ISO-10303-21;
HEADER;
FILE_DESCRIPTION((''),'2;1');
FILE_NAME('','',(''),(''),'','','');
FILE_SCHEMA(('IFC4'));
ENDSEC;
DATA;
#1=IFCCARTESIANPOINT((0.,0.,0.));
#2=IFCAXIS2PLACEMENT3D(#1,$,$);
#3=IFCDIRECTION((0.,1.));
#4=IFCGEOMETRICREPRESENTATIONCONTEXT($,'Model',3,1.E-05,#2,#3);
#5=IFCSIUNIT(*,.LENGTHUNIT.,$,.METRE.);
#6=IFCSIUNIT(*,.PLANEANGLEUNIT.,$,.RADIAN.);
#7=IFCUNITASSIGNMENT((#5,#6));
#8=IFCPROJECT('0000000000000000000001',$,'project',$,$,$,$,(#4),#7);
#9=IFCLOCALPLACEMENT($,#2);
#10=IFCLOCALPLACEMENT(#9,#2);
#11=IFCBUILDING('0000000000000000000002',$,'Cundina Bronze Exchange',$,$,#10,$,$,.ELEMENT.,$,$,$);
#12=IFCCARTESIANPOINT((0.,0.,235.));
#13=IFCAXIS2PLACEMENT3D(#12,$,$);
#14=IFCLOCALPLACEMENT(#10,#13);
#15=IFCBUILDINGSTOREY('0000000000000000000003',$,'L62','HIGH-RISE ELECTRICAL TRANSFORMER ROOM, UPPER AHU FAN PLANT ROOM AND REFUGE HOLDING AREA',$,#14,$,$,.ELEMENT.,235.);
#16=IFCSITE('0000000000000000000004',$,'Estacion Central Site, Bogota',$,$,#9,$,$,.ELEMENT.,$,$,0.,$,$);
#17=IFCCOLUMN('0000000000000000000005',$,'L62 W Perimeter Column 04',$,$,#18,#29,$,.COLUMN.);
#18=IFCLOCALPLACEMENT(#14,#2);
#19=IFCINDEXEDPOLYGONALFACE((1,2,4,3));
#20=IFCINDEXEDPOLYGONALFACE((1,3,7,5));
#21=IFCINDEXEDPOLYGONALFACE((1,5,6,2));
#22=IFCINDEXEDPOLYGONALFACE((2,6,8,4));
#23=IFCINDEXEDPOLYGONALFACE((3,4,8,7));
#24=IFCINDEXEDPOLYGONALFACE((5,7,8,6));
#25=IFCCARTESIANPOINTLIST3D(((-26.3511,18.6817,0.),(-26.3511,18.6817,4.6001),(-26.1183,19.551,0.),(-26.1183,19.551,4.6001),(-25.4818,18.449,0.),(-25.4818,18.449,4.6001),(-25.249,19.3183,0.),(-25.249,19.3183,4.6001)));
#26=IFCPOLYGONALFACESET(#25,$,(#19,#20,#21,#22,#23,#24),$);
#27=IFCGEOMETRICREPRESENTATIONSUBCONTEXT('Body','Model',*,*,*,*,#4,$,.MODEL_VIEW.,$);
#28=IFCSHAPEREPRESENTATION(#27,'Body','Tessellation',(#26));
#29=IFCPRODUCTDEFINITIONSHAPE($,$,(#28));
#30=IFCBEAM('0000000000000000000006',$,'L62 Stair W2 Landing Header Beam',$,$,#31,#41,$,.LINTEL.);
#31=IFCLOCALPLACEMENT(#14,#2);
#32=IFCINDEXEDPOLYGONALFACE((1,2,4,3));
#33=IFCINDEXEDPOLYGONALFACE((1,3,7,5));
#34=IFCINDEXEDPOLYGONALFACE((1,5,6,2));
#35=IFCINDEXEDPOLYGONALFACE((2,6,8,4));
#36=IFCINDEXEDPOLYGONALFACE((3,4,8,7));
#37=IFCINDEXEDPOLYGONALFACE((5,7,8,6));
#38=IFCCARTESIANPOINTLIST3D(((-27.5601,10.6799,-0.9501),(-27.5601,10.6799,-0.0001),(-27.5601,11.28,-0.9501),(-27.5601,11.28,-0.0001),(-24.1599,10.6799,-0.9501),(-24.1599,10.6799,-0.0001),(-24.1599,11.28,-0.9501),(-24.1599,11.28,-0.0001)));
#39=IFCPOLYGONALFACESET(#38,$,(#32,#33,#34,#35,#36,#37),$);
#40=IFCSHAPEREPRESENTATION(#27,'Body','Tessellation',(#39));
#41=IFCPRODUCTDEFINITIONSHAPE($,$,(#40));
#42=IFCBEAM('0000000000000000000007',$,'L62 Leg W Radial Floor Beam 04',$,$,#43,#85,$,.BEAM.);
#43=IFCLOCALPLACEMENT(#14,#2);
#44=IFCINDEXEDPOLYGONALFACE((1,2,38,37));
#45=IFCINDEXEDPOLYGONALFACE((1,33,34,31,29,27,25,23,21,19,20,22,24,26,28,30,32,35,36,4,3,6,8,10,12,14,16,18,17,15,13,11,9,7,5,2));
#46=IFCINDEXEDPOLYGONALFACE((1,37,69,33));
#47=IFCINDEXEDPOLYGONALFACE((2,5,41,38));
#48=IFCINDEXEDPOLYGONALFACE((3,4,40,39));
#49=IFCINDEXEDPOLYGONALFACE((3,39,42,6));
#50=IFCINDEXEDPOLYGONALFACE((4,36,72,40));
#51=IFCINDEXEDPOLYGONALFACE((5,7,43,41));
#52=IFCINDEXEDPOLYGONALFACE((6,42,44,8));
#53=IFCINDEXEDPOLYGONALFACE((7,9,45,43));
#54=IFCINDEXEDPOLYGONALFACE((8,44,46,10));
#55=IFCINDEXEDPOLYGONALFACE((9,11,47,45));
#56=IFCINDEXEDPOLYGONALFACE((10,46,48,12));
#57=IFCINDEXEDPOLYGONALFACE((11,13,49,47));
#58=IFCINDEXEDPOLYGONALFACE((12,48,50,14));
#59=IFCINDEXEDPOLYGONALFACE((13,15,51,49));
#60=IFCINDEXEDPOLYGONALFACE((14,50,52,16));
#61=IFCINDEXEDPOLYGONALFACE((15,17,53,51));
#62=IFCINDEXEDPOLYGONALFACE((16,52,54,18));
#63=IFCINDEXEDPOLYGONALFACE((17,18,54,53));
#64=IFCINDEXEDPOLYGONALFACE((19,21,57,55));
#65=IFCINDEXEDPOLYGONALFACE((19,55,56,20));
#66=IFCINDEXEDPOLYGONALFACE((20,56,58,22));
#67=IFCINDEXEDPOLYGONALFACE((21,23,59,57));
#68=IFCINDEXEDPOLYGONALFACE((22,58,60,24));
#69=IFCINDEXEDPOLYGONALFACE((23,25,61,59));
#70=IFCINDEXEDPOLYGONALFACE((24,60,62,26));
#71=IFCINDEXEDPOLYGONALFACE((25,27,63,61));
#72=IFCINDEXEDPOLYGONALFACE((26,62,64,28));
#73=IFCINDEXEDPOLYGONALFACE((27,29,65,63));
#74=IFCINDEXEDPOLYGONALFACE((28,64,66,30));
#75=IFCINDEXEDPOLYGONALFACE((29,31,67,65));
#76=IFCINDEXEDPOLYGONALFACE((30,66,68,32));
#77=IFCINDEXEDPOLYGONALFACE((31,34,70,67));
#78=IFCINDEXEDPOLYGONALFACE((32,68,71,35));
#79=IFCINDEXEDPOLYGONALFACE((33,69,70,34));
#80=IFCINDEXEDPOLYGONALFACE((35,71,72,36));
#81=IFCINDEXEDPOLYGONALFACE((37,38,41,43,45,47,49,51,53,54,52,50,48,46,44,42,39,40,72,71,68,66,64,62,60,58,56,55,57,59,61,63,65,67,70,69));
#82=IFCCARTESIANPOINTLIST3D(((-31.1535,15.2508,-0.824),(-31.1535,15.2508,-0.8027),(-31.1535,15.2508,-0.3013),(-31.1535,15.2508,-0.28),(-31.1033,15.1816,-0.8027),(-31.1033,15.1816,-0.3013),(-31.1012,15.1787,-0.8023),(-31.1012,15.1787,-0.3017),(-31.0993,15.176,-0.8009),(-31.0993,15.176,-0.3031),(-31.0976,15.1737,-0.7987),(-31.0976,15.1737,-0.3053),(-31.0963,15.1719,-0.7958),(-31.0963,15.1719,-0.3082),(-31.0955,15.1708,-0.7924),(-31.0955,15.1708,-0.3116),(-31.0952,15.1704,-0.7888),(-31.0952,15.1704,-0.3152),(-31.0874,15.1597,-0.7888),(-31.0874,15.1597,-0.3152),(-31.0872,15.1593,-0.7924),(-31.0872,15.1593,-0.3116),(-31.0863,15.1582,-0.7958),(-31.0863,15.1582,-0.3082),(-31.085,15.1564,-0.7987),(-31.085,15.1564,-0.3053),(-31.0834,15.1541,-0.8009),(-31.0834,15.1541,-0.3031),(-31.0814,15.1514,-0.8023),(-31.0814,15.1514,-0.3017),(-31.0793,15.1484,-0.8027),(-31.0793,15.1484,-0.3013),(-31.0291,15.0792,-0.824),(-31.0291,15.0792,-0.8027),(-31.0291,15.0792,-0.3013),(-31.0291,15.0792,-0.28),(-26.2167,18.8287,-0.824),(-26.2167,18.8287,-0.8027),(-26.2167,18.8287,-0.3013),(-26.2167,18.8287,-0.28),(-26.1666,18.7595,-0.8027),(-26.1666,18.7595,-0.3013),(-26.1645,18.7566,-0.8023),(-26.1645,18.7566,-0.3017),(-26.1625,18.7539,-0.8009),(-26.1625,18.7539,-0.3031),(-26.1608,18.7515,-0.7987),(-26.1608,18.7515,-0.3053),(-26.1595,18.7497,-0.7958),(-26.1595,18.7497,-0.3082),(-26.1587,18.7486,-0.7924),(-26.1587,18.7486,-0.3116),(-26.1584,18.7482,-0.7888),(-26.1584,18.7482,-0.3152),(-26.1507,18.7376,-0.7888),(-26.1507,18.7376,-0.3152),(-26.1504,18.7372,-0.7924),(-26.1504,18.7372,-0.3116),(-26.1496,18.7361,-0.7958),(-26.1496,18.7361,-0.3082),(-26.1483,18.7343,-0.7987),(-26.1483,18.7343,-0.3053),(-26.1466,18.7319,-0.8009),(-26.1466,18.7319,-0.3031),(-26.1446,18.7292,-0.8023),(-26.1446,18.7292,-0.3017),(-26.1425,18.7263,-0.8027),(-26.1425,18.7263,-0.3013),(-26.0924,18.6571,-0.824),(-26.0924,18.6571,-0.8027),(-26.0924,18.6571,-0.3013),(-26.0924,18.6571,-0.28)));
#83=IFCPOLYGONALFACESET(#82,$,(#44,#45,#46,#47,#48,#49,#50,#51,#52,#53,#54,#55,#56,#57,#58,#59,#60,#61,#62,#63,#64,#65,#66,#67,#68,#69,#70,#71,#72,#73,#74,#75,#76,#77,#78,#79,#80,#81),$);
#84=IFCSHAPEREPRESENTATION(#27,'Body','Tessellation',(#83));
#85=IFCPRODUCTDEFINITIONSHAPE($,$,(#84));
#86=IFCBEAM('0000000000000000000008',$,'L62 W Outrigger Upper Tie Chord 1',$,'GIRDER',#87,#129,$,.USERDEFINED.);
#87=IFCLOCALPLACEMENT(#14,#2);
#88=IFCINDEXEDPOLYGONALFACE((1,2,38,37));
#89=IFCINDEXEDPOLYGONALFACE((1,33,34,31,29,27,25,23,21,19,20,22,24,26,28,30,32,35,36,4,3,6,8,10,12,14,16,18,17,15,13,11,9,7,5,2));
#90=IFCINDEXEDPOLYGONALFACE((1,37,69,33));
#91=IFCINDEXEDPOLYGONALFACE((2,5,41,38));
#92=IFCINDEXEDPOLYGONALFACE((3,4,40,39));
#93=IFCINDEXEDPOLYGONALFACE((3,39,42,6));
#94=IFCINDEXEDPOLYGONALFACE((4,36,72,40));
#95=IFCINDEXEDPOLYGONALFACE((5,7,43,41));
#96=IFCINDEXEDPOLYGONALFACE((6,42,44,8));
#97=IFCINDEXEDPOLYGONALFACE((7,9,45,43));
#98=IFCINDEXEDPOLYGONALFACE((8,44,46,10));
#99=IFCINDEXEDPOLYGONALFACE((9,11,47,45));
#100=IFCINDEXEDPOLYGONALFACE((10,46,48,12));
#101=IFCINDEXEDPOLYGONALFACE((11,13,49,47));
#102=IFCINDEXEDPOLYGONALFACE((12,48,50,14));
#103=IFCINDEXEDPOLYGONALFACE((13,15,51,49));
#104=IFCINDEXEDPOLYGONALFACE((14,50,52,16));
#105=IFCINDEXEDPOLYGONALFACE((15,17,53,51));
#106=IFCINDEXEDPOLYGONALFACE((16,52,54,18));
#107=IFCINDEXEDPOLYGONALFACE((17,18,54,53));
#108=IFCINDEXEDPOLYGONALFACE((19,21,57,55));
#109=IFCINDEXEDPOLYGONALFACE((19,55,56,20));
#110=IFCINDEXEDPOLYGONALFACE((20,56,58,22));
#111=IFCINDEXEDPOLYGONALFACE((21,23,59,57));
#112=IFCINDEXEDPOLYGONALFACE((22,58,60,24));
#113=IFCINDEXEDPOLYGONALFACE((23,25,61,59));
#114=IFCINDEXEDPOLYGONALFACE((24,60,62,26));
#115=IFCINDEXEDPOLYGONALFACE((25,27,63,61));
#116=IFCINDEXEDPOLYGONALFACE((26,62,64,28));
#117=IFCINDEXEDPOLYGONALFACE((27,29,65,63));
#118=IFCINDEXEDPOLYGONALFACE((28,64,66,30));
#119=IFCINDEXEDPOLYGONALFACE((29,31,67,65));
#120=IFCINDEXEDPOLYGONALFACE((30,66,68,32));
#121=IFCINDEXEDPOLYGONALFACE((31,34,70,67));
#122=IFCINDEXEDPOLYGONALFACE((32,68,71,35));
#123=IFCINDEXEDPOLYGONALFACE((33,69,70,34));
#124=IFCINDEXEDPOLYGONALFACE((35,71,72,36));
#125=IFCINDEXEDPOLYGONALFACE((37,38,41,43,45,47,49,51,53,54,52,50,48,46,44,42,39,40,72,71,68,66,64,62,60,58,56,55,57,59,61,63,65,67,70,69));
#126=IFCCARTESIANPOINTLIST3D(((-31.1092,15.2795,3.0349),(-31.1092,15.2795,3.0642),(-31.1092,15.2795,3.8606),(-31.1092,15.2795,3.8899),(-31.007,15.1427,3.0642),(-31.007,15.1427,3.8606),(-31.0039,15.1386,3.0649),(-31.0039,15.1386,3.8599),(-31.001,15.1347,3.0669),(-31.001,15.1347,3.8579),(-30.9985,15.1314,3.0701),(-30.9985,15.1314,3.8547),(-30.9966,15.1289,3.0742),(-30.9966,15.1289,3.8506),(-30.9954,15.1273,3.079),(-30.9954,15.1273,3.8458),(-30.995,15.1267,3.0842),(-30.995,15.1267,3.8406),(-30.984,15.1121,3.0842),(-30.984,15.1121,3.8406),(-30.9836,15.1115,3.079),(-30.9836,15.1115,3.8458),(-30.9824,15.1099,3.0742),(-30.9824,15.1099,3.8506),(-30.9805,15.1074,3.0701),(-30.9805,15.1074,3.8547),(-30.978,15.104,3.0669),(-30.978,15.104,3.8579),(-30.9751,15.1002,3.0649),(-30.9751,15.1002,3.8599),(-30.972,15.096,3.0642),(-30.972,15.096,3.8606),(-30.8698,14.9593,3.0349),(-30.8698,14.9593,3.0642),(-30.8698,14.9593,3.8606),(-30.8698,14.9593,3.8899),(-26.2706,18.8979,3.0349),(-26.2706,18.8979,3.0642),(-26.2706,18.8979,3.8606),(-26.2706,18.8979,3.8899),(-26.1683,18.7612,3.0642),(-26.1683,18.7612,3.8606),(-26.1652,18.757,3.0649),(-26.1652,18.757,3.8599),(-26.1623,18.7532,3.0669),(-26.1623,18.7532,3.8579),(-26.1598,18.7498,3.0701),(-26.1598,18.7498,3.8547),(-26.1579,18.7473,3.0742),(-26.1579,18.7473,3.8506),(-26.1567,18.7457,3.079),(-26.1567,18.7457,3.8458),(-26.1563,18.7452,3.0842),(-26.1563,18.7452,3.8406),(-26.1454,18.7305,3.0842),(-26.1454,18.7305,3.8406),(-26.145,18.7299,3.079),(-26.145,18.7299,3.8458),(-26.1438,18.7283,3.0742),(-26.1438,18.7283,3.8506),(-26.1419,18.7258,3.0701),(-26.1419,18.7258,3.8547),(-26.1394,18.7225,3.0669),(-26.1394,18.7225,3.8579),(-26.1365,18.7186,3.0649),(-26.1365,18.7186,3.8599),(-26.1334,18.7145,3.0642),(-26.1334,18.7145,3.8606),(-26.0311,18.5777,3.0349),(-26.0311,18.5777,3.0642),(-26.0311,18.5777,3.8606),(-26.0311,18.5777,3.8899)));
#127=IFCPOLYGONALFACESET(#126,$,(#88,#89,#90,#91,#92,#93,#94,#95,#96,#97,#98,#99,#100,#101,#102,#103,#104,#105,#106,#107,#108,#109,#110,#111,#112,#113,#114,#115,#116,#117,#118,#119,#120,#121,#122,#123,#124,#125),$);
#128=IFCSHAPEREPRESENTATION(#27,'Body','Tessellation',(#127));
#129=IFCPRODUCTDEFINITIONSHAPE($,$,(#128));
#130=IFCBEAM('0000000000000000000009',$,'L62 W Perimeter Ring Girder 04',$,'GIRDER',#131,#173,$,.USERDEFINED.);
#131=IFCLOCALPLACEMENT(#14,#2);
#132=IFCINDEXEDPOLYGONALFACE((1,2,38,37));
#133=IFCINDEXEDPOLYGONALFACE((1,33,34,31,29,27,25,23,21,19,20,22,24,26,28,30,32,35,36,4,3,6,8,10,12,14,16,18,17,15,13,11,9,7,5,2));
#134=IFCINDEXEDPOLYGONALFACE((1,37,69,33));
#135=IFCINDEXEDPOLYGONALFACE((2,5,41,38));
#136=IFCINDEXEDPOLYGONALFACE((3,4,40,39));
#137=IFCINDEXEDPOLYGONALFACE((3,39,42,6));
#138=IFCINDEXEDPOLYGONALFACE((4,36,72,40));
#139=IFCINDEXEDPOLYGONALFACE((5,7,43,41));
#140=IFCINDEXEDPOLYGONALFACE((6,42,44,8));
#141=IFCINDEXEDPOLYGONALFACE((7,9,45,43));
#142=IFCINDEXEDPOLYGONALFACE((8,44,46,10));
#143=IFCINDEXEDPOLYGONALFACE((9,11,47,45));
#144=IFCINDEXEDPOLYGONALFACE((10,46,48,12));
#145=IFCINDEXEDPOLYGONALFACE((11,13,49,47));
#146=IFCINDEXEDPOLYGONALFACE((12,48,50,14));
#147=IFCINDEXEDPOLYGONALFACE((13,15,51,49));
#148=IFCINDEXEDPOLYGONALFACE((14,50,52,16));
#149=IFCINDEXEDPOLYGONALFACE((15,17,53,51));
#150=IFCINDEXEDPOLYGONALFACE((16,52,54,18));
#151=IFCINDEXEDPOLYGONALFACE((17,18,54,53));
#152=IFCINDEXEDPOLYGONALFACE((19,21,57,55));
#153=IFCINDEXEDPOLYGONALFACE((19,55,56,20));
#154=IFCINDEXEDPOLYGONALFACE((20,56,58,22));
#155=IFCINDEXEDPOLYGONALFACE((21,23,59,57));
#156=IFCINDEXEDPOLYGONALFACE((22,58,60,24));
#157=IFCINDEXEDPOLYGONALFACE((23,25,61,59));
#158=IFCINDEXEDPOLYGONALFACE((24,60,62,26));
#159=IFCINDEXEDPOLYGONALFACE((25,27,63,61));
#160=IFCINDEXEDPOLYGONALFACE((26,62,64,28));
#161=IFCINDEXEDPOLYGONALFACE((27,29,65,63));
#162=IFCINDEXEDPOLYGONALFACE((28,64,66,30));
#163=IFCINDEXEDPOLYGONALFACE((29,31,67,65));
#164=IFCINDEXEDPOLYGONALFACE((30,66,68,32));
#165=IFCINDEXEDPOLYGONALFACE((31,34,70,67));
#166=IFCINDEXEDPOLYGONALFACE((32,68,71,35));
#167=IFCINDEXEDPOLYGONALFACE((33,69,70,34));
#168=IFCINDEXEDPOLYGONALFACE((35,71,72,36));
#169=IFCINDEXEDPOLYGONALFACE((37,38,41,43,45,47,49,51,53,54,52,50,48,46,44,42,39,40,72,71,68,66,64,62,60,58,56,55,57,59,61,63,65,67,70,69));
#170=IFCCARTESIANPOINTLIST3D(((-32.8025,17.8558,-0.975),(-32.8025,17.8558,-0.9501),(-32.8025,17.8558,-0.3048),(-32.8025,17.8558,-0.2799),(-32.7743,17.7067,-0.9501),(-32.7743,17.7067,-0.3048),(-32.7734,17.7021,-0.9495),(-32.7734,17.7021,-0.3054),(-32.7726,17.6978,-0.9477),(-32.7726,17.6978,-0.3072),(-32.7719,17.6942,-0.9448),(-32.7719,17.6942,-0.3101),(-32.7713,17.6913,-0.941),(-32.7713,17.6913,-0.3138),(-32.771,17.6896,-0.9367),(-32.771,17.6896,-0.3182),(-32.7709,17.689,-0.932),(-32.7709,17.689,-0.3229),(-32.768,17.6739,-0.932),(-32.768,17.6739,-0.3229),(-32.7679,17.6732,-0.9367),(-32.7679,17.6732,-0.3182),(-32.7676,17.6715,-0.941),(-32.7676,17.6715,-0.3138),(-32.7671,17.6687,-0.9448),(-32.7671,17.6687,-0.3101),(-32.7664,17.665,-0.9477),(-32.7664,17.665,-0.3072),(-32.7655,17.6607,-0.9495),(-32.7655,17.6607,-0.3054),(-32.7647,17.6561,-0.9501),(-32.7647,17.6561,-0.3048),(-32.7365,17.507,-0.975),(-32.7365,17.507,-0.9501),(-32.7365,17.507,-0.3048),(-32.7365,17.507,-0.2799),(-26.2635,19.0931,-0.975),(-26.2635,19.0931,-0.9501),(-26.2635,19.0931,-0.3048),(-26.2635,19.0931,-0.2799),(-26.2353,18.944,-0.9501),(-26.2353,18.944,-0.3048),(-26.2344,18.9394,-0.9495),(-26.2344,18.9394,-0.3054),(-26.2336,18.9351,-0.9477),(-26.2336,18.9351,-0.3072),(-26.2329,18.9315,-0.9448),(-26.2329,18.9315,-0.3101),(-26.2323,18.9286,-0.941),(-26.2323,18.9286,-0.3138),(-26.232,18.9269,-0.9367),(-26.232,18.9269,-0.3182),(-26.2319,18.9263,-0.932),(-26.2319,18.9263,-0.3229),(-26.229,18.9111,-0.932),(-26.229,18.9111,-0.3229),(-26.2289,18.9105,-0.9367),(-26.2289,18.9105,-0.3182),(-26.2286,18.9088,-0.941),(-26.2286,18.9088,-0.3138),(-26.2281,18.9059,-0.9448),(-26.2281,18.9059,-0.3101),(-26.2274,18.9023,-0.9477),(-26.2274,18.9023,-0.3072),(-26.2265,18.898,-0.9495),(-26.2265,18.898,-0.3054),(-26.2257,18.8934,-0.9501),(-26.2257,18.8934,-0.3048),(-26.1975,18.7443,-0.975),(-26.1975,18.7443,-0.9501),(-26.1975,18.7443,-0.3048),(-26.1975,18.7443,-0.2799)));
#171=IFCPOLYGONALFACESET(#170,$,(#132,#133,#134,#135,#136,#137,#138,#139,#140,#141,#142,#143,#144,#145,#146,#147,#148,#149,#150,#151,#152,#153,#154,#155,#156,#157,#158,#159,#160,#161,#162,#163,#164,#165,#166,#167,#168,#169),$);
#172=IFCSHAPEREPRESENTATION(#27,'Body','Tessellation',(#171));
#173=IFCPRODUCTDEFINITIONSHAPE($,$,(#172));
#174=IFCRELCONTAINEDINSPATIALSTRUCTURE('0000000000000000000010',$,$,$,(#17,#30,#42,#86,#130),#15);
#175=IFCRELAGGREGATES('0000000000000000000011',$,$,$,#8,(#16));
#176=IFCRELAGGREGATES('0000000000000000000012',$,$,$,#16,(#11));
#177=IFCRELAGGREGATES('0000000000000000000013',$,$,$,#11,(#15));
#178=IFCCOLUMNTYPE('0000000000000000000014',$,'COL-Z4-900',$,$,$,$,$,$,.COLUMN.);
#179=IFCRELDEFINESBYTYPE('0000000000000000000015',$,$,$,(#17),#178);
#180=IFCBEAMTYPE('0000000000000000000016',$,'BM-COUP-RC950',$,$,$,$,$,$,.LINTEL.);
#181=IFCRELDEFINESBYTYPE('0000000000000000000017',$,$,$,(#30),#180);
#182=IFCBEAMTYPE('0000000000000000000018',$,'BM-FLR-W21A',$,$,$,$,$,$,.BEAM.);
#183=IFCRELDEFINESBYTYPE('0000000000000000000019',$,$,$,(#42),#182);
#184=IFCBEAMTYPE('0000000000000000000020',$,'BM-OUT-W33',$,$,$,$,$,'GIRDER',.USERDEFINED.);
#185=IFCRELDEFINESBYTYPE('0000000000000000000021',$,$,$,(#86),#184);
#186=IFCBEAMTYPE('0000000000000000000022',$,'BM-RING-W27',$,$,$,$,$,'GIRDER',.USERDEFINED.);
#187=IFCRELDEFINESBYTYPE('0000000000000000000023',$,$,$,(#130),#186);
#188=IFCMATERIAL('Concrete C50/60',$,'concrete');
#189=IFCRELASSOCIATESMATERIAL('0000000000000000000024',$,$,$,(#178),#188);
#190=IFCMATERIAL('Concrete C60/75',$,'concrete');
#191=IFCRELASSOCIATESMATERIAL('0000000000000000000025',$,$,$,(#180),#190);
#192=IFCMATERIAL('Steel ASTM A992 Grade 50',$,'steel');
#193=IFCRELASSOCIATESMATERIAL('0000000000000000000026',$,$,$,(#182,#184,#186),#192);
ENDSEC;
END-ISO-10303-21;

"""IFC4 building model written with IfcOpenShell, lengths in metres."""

from ifc_helpers import new_model, si_unit, direction, frame, origin, origin_2d, place, context, subcontext, project, spatial, rectangle, i_section, extrude, material, material_profile, profile_set, type_object, element, save


model = new_model("IFC4")

# Units and contexts
model_context = context("Model", 3, precision=1e-05, world=origin(), true_north=direction((0.0, 1.0)))
body_context = subcontext(model_context, "Body", "Model", "MODEL_VIEW")
ifc_project = project(units=[si_unit("LENGTHUNIT", "METRE"), si_unit("PLANEANGLEUNIT", "RADIAN")], contexts=[model_context])

# Site, building, storey
site_placement = place(None, origin())
site = spatial("IfcSite", under=ifc_project, at=site_placement, Name="Estacion Central Site, Bogota", CompositionType="ELEMENT", RefElevation=0.0)
building_placement = place(site_placement, origin())
building = spatial("IfcBuilding", under=site, at=building_placement, Name="Cundina Bronze Exchange", CompositionType="ELEMENT")
storey_placement = place(building_placement, frame((0.0, 0.0, 235.0)))
storey = spatial("IfcBuildingStorey", under=building, at=storey_placement, Name="L62", Description="HIGH-RISE ELECTRICAL TRANSFORMER ROOM, UPPER AHU FAN PLANT ROOM AND REFUGE HOLDING AREA", CompositionType="ELEMENT", Elevation=235.0)

# Column
ifc_material_1 = material(Name="Concrete C50/60", Category="concrete")
ifc_material_profile_1 = material_profile(ifc_material_1, rectangle(XDim=0.8999, YDim=0.8999, at=origin_2d()), Name="RC900X900", Category="concrete")
ifc_profile_set_1 = profile_set([ifc_material_profile_1], Name="Concrete C50/60")
column_type = type_object("IfcColumnType", Name="COL-Z4-900", PredefinedType="COLUMN", material=ifc_profile_set_1)
column_placement = place(storey_placement, frame((-25.8, 19.0, 0.0), z_axis=(0.0, 0.0, 1.0), x_axis=(-0.965971, 0.25865, 0.0)))
element("IfcColumn", 1, at=column_placement, inside=storey, type_object=column_type, Name="L62 W Perimeter Column 04", PredefinedType="COLUMN", context=body_context, shape_type="SweptSolid", body=[
    extrude(rectangle(XDim=0.8999, YDim=0.8999, at=origin_2d()), origin(), (0.0, 0.0, 1.0), 4.6001),
])

# Beams
ifc_material_2 = material(Name="Concrete C60/75", Category="concrete")
ifc_material_profile_2 = material_profile(ifc_material_2, rectangle(XDim=0.6001, YDim=0.95, at=origin_2d()), Name="RC600X950", Category="concrete")
ifc_profile_set_2 = profile_set([ifc_material_profile_2], Name="Concrete C60/75")
beam_type_1 = type_object("IfcBeamType", Name="BM-COUP-RC950", PredefinedType="LINTEL", material=ifc_profile_set_2)
beam_1_placement = place(storey_placement, frame((-27.5601, 10.98, -0.4751), z_axis=(1.0, 0.0, 0.0), x_axis=(0.0, 1.0, 0.0)))
element("IfcBeam", 2, at=beam_1_placement, inside=storey, type_object=beam_type_1, Name="L62 Stair W2 Landing Header Beam", PredefinedType="LINTEL", context=body_context, shape_type="SweptSolid", body=[
    extrude(rectangle(XDim=0.6001, YDim=0.95, at=origin_2d()), origin(), (0.0, 0.0, 1.0), 3.4001),
])
ifc_material_3 = material(Name="Steel ASTM A992 Grade 50", Category="steel")
ifc_material_profile_3 = material_profile(ifc_material_3, i_section(OverallWidth=0.2119, OverallDepth=0.5439, WebThickness=0.0132, FlangeThickness=0.0212, FilletRadius=0.0139, at=origin_2d()), Name="W21X83", Category="steel")
ifc_profile_set_3 = profile_set([ifc_material_profile_3], Name="Steel ASTM A992 Grade 50")
beam_type_2 = type_object("IfcBeamType", Name="BM-FLR-W21A", PredefinedType="BEAM", material=ifc_profile_set_3)
beam_2_placement = place(storey_placement, frame((-31.0913, 15.165, -0.552), z_axis=(0.80971, 0.58683, 0.0), x_axis=(-0.58683, 0.80971, 0.0)))
element("IfcBeam", 3, at=beam_2_placement, inside=storey, type_object=beam_type_2, Name="L62 Leg W Radial Floor Beam 04", PredefinedType="BEAM", context=body_context, shape_type="SweptSolid", body=[
    extrude(i_section(OverallWidth=0.2119, OverallDepth=0.5439, WebThickness=0.0132, FlangeThickness=0.0212, FilletRadius=0.0139, at=origin_2d()), origin(), (0.0, 0.0, 1.0), 6.0969),
])
ifc_material_profile_4 = material_profile(ifc_material_3, i_section(OverallWidth=0.3999, OverallDepth=0.855, WebThickness=0.0183, FlangeThickness=0.0293, FilletRadius=0.02, at=origin_2d()), Name="W33X201", Category="steel")
ifc_profile_set_4 = profile_set([ifc_material_profile_4], Name="Steel ASTM A992 Grade 50")
beam_type_3 = type_object("IfcBeamType", Name="BM-OUT-W33", ElementType="GIRDER", PredefinedType="USERDEFINED", material=ifc_profile_set_4)
beam_3_placement = place(storey_placement, frame((-30.9895, 15.1194, 3.4624), z_axis=(0.800838, 0.598881, 0.0), x_axis=(-0.598881, 0.800838, 0.0)))
element("IfcBeam", 4, at=beam_3_placement, inside=storey, type_object=beam_type_3, Name="L62 W Outrigger Upper Tie Chord 1", ObjectType="GIRDER", PredefinedType="USERDEFINED", context=body_context, shape_type="SweptSolid", body=[
    extrude(i_section(OverallWidth=0.3999, OverallDepth=0.855, WebThickness=0.0183, FlangeThickness=0.0293, FilletRadius=0.02, at=origin_2d()), origin(), (0.0, 0.0, 1.0), 6.042),
])
ifc_material_profile_5 = material_profile(ifc_material_3, i_section(OverallWidth=0.355, OverallDepth=0.6951, WebThickness=0.0154, FlangeThickness=0.0249, FilletRadius=0.0181, at=origin_2d()), Name="W27X146", Category="steel")
ifc_profile_set_5 = profile_set([ifc_material_profile_5], Name="Steel ASTM A992 Grade 50")
beam_type_4 = type_object("IfcBeamType", Name="BM-RING-W27", ElementType="GIRDER", PredefinedType="USERDEFINED", material=ifc_profile_set_5)
beam_4_placement = place(storey_placement, frame((-26.2305, 18.9187, -0.6274), z_axis=(-0.982565, -0.185918, 0.0), x_axis=(0.185918, -0.982565, 0.0)))
element("IfcBeam", 5, at=beam_4_placement, inside=storey, type_object=beam_type_4, Name="L62 W Perimeter Ring Girder 04", ObjectType="GIRDER", PredefinedType="USERDEFINED", context=body_context, shape_type="SweptSolid", body=[
    extrude(i_section(OverallWidth=0.355, OverallDepth=0.6951, WebThickness=0.0154, FlangeThickness=0.0249, FilletRadius=0.0181, at=origin_2d()), origin(), (0.0, 0.0, 1.0), 6.655),
])

save(model, "model.ifc")
